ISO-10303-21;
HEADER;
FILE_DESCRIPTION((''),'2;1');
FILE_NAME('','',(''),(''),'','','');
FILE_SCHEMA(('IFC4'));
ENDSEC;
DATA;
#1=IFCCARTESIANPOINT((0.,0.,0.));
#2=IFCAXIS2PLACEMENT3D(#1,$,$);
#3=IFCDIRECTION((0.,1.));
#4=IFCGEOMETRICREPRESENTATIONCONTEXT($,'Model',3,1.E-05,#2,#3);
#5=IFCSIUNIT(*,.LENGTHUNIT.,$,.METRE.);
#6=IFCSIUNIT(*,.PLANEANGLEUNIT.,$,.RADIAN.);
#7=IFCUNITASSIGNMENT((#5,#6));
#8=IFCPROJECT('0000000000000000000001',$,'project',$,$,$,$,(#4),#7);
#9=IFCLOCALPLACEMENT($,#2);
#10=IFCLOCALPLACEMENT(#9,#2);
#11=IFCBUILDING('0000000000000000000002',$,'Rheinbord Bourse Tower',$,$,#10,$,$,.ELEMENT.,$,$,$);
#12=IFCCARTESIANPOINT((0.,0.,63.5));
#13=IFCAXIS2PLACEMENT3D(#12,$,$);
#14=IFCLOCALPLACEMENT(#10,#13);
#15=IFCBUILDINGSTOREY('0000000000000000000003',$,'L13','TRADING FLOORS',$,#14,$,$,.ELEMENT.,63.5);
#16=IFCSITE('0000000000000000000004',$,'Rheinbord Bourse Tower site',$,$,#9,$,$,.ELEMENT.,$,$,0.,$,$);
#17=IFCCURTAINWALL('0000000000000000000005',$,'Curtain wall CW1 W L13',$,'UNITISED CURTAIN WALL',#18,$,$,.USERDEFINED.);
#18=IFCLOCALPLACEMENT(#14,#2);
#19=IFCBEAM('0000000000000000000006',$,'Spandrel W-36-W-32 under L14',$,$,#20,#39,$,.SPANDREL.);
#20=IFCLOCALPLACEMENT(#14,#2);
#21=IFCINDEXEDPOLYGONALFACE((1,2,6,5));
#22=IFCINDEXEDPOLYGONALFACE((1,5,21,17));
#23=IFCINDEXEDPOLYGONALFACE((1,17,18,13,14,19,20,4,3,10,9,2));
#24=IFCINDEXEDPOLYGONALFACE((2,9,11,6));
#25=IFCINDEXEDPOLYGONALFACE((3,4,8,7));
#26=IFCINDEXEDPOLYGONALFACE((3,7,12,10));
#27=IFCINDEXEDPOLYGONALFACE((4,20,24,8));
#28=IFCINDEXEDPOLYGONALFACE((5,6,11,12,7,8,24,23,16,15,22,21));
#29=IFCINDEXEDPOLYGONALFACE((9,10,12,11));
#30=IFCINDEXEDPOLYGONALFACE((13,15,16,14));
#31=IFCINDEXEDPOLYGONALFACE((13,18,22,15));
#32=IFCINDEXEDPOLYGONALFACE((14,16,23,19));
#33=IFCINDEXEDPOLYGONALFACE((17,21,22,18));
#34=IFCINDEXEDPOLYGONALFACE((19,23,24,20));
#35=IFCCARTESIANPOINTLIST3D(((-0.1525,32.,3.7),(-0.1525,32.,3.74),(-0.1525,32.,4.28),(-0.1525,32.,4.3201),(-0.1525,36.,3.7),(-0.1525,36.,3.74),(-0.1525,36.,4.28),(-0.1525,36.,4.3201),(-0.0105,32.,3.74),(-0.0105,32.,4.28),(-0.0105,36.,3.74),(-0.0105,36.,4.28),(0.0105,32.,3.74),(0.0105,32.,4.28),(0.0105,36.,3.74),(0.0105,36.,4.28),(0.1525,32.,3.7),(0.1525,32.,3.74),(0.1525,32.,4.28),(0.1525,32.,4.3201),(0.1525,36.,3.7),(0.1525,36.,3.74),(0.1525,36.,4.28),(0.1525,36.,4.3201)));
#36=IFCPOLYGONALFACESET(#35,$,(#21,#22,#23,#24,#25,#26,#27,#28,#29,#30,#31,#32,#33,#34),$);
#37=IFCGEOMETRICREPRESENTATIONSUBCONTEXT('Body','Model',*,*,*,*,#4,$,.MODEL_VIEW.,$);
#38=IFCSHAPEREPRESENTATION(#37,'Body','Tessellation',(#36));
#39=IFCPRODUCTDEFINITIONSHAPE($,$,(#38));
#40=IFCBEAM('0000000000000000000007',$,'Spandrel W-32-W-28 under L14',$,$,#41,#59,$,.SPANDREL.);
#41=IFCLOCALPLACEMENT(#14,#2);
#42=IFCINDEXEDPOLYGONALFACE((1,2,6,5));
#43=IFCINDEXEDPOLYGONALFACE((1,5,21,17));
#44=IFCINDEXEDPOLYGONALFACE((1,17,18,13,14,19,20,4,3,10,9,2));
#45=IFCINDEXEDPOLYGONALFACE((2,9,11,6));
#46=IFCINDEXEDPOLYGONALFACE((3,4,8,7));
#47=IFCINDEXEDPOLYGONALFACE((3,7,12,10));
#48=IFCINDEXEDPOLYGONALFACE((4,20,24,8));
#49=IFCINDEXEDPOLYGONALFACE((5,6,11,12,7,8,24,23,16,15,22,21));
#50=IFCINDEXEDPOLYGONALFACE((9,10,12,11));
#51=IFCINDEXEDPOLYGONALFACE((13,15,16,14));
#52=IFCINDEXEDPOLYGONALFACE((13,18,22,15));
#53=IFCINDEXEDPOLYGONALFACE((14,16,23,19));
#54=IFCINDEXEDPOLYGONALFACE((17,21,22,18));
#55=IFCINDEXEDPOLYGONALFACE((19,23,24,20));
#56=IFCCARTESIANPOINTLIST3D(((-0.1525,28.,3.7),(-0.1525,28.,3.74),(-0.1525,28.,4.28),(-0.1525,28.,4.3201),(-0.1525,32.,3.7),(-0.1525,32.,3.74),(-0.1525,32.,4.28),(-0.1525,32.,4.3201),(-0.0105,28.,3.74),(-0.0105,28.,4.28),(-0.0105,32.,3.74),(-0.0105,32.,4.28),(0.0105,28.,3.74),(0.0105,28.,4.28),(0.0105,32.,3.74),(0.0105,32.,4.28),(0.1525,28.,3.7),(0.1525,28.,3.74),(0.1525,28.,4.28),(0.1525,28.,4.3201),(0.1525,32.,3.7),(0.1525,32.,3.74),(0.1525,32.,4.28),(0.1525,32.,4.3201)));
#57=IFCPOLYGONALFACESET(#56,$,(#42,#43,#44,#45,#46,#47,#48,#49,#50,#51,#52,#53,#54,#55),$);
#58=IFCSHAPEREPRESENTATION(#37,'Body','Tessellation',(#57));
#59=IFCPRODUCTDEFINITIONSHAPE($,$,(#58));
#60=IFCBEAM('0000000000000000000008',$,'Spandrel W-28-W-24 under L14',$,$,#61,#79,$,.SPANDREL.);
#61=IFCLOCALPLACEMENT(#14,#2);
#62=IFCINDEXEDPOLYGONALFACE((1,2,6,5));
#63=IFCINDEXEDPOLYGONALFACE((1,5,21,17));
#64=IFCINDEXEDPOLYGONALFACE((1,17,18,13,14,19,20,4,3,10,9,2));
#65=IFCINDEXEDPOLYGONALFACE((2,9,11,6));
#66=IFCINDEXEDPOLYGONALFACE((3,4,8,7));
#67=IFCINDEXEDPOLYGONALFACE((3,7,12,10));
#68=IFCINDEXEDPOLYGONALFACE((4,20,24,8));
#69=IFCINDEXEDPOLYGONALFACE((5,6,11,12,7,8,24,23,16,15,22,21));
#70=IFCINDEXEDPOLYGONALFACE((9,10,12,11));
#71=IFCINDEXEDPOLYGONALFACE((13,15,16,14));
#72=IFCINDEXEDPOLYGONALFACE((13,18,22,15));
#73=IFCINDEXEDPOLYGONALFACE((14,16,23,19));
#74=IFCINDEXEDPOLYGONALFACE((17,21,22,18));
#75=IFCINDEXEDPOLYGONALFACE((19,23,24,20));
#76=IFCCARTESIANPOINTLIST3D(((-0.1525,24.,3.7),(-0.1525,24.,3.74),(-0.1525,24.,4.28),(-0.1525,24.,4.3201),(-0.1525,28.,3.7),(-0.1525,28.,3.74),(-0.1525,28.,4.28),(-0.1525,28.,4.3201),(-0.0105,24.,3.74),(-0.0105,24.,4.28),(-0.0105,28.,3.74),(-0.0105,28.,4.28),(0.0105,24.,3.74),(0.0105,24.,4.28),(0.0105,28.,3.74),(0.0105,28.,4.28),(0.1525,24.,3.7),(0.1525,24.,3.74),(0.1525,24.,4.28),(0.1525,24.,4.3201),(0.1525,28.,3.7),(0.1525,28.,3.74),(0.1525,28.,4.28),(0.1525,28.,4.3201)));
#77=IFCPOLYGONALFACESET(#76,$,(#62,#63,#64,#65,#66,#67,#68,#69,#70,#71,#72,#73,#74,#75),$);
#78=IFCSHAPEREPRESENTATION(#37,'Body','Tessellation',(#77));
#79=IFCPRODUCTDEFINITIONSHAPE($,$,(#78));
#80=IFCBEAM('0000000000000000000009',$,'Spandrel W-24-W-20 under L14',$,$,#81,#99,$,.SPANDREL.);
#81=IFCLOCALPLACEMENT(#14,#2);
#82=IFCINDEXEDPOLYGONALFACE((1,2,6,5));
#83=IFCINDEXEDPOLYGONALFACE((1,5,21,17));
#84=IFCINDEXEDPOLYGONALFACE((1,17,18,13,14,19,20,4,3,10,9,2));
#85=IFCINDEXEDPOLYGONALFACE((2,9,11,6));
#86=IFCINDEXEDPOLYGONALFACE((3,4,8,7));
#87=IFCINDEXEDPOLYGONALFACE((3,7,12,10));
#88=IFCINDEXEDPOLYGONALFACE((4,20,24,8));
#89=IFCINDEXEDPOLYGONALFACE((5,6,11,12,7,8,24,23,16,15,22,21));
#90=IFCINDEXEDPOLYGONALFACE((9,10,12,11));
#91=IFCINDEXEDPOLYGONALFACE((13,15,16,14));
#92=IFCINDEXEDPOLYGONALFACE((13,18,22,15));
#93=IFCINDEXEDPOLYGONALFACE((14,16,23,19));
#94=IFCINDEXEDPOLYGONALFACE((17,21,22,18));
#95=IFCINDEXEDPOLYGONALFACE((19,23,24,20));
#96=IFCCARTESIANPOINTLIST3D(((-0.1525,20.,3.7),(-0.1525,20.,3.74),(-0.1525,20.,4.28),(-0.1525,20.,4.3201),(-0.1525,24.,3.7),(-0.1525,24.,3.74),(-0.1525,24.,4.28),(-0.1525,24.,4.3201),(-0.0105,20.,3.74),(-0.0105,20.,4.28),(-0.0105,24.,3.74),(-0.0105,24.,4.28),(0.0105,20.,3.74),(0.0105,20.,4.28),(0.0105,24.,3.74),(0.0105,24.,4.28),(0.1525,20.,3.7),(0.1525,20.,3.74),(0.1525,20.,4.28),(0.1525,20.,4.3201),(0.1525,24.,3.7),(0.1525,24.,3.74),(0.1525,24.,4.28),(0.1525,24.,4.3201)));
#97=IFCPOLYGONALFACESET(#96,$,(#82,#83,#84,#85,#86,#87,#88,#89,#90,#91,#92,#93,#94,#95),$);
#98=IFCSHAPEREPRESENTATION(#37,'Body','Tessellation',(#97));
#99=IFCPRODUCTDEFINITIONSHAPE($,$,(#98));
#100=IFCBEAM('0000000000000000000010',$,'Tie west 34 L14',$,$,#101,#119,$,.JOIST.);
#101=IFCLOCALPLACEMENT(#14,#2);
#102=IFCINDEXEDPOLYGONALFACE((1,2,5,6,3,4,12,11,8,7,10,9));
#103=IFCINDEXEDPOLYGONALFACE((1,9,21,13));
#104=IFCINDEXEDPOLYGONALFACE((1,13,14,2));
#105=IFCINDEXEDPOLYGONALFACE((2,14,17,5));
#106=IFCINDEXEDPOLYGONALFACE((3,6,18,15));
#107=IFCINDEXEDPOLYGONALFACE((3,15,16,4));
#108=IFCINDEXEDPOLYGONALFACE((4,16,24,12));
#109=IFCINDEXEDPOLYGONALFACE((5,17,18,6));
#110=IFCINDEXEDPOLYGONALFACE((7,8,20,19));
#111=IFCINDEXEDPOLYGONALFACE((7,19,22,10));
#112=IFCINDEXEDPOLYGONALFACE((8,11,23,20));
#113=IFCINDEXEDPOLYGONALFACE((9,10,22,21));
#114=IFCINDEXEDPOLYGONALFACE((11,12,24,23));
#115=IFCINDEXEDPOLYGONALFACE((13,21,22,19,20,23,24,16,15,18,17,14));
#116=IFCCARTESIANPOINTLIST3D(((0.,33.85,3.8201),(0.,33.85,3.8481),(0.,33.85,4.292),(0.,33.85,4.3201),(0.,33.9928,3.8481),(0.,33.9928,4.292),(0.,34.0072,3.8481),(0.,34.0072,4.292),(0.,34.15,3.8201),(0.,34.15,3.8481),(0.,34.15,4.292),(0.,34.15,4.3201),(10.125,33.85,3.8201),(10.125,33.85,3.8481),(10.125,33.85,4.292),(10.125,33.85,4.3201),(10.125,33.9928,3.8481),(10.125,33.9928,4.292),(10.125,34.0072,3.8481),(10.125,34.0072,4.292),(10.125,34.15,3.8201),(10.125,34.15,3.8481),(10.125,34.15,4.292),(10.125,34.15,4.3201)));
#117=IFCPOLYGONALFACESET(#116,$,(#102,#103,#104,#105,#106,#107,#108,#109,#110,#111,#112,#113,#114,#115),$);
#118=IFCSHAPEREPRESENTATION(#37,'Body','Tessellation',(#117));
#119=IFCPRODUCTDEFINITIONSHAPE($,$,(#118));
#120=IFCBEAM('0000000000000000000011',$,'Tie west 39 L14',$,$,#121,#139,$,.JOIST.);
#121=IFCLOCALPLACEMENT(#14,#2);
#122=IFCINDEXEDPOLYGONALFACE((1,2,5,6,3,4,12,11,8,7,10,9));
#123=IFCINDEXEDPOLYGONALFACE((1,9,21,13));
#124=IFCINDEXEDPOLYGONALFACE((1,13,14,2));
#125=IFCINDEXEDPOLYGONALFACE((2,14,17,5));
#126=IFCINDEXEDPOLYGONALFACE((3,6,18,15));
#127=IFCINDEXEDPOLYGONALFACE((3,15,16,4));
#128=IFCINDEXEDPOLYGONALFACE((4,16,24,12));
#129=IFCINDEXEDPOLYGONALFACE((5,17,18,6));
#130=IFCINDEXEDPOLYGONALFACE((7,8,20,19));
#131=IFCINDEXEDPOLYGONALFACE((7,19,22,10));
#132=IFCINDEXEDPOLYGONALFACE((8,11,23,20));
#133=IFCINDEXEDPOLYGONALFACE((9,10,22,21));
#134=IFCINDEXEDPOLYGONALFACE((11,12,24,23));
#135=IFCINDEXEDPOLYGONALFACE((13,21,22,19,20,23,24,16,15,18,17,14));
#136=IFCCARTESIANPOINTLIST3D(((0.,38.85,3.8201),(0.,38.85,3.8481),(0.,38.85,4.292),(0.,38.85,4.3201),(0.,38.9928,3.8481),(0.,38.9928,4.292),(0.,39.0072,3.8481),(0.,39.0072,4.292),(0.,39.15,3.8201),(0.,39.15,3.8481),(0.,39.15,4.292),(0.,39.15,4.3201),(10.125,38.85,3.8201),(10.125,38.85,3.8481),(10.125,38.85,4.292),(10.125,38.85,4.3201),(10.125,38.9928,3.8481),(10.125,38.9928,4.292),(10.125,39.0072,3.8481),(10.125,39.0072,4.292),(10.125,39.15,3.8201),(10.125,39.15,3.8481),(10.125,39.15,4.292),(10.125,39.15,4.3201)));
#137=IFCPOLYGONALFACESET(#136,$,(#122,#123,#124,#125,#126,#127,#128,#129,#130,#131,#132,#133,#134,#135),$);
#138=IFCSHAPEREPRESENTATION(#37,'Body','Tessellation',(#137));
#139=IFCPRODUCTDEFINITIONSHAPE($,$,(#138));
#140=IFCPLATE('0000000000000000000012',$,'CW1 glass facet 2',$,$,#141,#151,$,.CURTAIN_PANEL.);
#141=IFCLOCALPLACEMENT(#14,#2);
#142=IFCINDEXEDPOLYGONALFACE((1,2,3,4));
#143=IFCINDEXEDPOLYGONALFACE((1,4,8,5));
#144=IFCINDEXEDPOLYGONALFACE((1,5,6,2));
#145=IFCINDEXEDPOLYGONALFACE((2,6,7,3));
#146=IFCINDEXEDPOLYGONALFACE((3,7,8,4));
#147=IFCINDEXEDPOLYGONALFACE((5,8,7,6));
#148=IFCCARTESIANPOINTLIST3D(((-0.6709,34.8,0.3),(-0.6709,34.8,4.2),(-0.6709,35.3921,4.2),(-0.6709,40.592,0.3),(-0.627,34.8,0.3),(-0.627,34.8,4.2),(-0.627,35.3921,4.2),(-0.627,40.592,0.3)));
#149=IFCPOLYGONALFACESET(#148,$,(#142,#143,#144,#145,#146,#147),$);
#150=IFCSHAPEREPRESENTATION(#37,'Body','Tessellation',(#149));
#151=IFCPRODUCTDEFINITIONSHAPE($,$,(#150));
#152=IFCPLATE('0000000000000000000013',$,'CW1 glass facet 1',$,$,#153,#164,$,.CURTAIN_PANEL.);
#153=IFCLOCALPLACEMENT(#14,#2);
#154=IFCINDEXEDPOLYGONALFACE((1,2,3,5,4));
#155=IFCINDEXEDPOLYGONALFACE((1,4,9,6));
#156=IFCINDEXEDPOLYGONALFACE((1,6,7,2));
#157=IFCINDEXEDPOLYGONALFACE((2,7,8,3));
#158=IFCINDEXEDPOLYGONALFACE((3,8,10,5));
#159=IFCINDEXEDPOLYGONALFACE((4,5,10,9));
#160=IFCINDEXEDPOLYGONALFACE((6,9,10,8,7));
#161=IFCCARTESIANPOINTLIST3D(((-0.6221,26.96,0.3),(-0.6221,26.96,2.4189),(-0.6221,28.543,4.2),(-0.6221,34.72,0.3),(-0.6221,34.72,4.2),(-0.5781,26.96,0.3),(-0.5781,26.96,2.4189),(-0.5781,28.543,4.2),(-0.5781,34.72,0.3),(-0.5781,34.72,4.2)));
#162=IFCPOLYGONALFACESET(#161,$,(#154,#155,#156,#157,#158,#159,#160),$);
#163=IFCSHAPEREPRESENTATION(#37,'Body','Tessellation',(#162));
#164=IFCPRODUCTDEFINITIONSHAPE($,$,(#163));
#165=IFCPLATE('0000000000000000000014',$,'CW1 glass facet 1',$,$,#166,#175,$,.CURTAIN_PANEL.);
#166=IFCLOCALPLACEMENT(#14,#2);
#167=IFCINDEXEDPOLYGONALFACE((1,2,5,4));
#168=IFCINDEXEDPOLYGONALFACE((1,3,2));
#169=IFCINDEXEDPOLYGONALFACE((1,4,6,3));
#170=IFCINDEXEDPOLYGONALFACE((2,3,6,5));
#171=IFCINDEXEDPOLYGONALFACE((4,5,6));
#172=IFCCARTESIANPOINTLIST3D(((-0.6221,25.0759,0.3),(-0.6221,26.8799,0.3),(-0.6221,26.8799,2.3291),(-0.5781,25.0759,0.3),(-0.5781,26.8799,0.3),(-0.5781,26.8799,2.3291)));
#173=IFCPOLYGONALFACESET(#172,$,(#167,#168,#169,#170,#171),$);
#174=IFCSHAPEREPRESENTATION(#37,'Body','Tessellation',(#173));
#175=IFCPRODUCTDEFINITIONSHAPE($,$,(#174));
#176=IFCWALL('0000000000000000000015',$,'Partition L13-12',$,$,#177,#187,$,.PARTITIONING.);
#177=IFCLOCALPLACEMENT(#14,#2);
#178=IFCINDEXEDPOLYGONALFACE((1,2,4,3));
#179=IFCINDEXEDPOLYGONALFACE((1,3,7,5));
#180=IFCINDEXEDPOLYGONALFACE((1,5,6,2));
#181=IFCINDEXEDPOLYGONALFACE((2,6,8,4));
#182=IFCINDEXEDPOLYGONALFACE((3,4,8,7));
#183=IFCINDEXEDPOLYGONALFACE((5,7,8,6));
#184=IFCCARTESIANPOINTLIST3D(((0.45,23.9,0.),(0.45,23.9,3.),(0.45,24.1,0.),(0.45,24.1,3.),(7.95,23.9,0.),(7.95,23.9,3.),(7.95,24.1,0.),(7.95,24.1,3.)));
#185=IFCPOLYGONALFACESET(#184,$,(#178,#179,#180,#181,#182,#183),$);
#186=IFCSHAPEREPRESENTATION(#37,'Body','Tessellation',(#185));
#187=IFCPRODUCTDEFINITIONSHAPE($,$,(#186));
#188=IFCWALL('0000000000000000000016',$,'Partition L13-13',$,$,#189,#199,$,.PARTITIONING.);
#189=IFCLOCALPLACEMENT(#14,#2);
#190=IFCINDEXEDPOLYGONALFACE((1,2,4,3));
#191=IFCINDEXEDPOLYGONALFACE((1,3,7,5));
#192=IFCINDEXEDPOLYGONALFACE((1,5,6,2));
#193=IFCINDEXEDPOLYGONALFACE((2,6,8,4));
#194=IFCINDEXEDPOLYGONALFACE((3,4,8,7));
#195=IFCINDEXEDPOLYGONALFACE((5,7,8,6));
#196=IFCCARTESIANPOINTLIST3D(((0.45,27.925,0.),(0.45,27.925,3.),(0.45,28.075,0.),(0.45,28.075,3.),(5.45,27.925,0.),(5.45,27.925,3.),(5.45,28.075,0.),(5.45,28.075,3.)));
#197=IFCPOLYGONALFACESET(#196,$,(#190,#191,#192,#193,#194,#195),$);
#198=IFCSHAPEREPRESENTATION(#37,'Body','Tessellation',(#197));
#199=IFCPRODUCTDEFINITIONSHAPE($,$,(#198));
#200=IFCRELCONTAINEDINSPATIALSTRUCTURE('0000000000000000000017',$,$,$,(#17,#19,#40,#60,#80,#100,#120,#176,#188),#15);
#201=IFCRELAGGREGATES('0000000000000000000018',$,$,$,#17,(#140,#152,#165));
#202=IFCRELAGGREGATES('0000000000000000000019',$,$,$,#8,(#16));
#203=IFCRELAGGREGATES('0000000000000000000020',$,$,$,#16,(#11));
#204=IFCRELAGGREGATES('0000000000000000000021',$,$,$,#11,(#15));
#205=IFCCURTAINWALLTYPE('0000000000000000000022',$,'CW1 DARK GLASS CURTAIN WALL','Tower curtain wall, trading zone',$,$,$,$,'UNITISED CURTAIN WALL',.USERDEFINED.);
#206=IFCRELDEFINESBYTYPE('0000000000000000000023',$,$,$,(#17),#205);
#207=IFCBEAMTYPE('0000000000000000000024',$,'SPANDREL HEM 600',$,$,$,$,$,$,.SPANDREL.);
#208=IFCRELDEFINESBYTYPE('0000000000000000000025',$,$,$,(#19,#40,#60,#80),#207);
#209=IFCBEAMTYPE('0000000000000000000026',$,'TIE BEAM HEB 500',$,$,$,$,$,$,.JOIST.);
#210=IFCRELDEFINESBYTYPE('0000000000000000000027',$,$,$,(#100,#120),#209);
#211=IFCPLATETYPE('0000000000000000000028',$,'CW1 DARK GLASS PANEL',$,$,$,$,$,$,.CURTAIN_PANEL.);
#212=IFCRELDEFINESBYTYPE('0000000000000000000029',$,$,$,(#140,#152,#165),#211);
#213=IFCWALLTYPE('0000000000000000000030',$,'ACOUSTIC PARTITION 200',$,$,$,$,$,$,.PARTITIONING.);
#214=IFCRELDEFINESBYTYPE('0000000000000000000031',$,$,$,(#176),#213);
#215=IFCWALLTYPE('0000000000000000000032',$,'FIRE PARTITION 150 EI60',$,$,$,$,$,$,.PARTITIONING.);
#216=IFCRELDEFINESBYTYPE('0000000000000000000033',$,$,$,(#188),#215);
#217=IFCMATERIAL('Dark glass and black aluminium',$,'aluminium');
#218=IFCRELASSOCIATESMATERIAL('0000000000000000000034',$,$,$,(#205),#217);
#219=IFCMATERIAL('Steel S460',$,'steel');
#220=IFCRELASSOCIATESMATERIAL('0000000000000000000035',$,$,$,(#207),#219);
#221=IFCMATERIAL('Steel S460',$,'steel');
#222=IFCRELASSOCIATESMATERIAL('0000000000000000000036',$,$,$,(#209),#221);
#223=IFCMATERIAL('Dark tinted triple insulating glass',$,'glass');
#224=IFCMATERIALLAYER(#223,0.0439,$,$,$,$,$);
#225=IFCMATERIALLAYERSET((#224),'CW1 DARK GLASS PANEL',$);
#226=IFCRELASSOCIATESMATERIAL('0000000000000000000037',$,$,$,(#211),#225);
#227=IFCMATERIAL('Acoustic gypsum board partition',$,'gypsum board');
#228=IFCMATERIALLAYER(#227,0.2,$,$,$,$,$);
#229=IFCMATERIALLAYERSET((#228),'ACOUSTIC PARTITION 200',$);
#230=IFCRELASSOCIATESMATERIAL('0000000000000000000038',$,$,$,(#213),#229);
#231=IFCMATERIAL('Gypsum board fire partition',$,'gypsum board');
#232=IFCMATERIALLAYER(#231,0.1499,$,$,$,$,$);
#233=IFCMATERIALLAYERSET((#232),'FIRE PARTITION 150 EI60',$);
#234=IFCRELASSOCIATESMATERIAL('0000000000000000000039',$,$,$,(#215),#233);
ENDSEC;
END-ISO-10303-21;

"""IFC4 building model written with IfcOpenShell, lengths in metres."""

from ifc_helpers import new_model, si_unit, direction, frame, frame_2d, origin, origin_2d, place, context, subcontext, project, spatial, polyline, rectangle, i_section, outline, extrude, material, layer, layer_set, material_profile, profile_set, type_object, element, aggregate, save


model = new_model("IFC4")

# Units and contexts
model_context = context("Model", 3, precision=1e-05, world=origin(), true_north=direction((0.0, 1.0)))
body_context = subcontext(model_context, "Body", "Model", "MODEL_VIEW")
ifc_project = project(units=[si_unit("LENGTHUNIT", "METRE"), si_unit("PLANEANGLEUNIT", "RADIAN")], contexts=[model_context])

# Site, building, storey
site_placement = place(None, origin())
site = spatial("IfcSite", under=ifc_project, at=site_placement, Name="Rheinbord Bourse Tower site", CompositionType="ELEMENT", RefElevation=0.0)
building_placement = place(site_placement, origin())
building = spatial("IfcBuilding", under=site, at=building_placement, Name="Rheinbord Bourse Tower", CompositionType="ELEMENT")
storey_placement = place(building_placement, frame((0.0, 0.0, 63.5)))
storey = spatial("IfcBuildingStorey", under=building, at=storey_placement, Name="L13", Description="TRADING FLOORS", CompositionType="ELEMENT", Elevation=63.5)

# Curtain wall
ifc_material_1 = material(Name="Dark glass and black aluminium", Category="aluminium")
curtain_wall_type = type_object("IfcCurtainWallType", Name="CW1 DARK GLASS CURTAIN WALL", Description="Tower curtain wall, trading zone", ElementType="UNITISED CURTAIN WALL", PredefinedType="USERDEFINED", material=ifc_material_1)
curtain_wall_placement = place(storey_placement, origin())
curtain_wall = element("IfcCurtainWall", 1, at=curtain_wall_placement, inside=storey, type_object=curtain_wall_type, Name="Curtain wall CW1 W L13", ObjectType="UNITISED CURTAIN WALL", PredefinedType="USERDEFINED")

# Beams
ifc_material_2 = material(Name="Steel S460", Category="steel")
ifc_material_profile_1 = material_profile(ifc_material_2, i_section(OverallWidth=0.3049, OverallDepth=0.6201, WebThickness=0.021, FlangeThickness=0.04, at=origin_2d()), Name="HEM 600")
ifc_profile_set_1 = profile_set([ifc_material_profile_1], Name="Steel S460")
beam_type_1 = type_object("IfcBeamType", Name="SPANDREL HEM 600", PredefinedType="SPANDREL", material=ifc_profile_set_1)
for number, where, z_axis, x_axis, name in (
    (2, (0.0, 36.0, 4.01), (0.0, -1.0, 0.0), (1.0, 0.0, 0.0), "Spandrel W-36-W-32 under L14"),
    (3, (0.0, 32.0, 4.01), (0.0, -1.0, 0.0), (1.0, 0.0, 0.0), "Spandrel W-32-W-28 under L14"),
    (4, (0.0, 28.0, 4.01), (0.0, -1.0, 0.0), (1.0, 0.0, 0.0), "Spandrel W-28-W-24 under L14"),
    (5, (0.0, 24.0, 4.01), (0.0, -1.0, 0.0), (1.0, 0.0, 0.0), "Spandrel W-24-W-20 under L14"),
):
    element("IfcBeam", number, at=place(storey_placement, frame(where, z_axis=z_axis, x_axis=x_axis)), inside=storey, type_object=beam_type_1, Name=name, PredefinedType="SPANDREL", context=body_context, shape_type="SweptSolid", body=[
        extrude(i_section(OverallWidth=0.3049, OverallDepth=0.6201, WebThickness=0.021, FlangeThickness=0.04, at=origin_2d()), origin(), (0.0, 0.0, 1.0), 4.0),
    ])
ifc_material_3 = material(Name="Steel S460", Category="steel")
ifc_material_profile_2 = material_profile(ifc_material_3, i_section(OverallWidth=0.3, OverallDepth=0.5, WebThickness=0.0144, FlangeThickness=0.0281, at=origin_2d()), Name="HEB 500")
ifc_profile_set_2 = profile_set([ifc_material_profile_2], Name="Steel S460")
beam_type_2 = type_object("IfcBeamType", Name="TIE BEAM HEB 500", PredefinedType="JOIST", material=ifc_profile_set_2)
for number, where, z_axis, x_axis, name in (
    (6, (0.0, 34.0, 4.0701), (1.0, 0.0, 0.0), (0.0, 1.0, 0.0), "Tie west 34 L14"),
    (7, (0.0, 39.0, 4.0701), (1.0, 0.0, 0.0), (0.0, 1.0, 0.0), "Tie west 39 L14"),
):
    element("IfcBeam", number, at=place(storey_placement, frame(where, z_axis=z_axis, x_axis=x_axis)), inside=storey, type_object=beam_type_2, Name=name, PredefinedType="JOIST", context=body_context, shape_type="SweptSolid", body=[
        extrude(i_section(OverallWidth=0.3, OverallDepth=0.5, WebThickness=0.0144, FlangeThickness=0.0281, at=origin_2d()), origin(), (0.0, 0.0, 1.0), 10.125),
    ])

# Plates
ifc_material_4 = material(Name="Dark tinted triple insulating glass", Category="glass")
ifc_layer_1 = layer(ifc_material_4, 0.0439)
ifc_layer_set_1 = layer_set([ifc_layer_1], Name="CW1 DARK GLASS PANEL")
plate_type = type_object("IfcPlateType", Name="CW1 DARK GLASS PANEL", PredefinedType="CURTAIN_PANEL", material=ifc_layer_set_1)
plate_1_placement = place(storey_placement, frame((-0.6709, 34.8, 4.2), z_axis=(1.0, 0.0, 0.0), x_axis=(0.0, 0.0, -1.0)))
plate_1 = element("IfcPlate", 8, at=plate_1_placement, type_object=plate_type, Name="CW1 glass facet 2", PredefinedType="CURTAIN_PANEL", context=body_context, shape_type="SweptSolid", body=[
    extrude(outline(polyline([(0.0, 0.0), (3.8999, 0.0), (3.8999, 5.792), (0.0, 0.592), (0.0, 0.0)])), origin(), (0.0, 0.0, 1.0), 0.0439),
])
plate_2_placement = place(storey_placement, frame((-0.6221, 26.96, 0.3), z_axis=(1.0, 0.0, 0.0), x_axis=(0.0, 1.0, 0.0)))
plate_2 = element("IfcPlate", 9, at=plate_2_placement, type_object=plate_type, Name="CW1 glass facet 1", PredefinedType="CURTAIN_PANEL", context=body_context, shape_type="SweptSolid", body=[
    extrude(outline(polyline([(0.0, 0.0), (7.76, 0.0), (7.76, 3.8999), (1.583, 3.8999), (0.0, 2.1189), (0.0, 0.0)])), origin(), (0.0, 0.0, 1.0), 0.0439),
])
plate_3_placement = place(storey_placement, frame((-0.6221, 26.8799, 0.3), z_axis=(1.0, 0.0, 0.0), x_axis=(0.0, 0.0, 1.0)))
plate_3 = element("IfcPlate", 10, at=plate_3_placement, type_object=plate_type, Name="CW1 glass facet 1", PredefinedType="CURTAIN_PANEL", context=body_context, shape_type="SweptSolid", body=[
    extrude(outline(polyline([(0.0, 0.0), (2.0291, 0.0), (0.0, 1.804), (0.0, 0.0)])), origin(), (0.0, 0.0, 1.0), 0.0439),
])
aggregate(curtain_wall, [plate_1, plate_2, plate_3])

# Walls
ifc_material_5 = material(Name="Acoustic gypsum board partition", Category="gypsum board")
ifc_layer_2 = layer(ifc_material_5, 0.2)
ifc_layer_set_2 = layer_set([ifc_layer_2], Name="ACOUSTIC PARTITION 200")
wall_type_1 = type_object("IfcWallType", Name="ACOUSTIC PARTITION 200", PredefinedType="PARTITIONING", material=ifc_layer_set_2)
wall_1_placement = place(storey_placement, frame((0.45, 24.0, 0.0), z_axis=(0.0, 0.0, 1.0), x_axis=(1.0, 0.0, 0.0)))
element("IfcWall", 11, at=wall_1_placement, inside=storey, type_object=wall_type_1, Name="Partition L13-12", PredefinedType="PARTITIONING", context=body_context, shape_type="SweptSolid", body=[
    extrude(rectangle(XDim=7.5, YDim=0.2, at=frame_2d((3.75, 0.0))), origin(), (0.0, 0.0, 1.0), 3.0),
])
ifc_material_6 = material(Name="Gypsum board fire partition", Category="gypsum board")
ifc_layer_3 = layer(ifc_material_6, 0.1499)
ifc_layer_set_3 = layer_set([ifc_layer_3], Name="FIRE PARTITION 150 EI60")
wall_type_2 = type_object("IfcWallType", Name="FIRE PARTITION 150 EI60", PredefinedType="PARTITIONING", material=ifc_layer_set_3)
for number, where, z_axis, x_axis, name in (
    (12, (0.45, 28.0, 0.0), (0.0, 0.0, 1.0), (1.0, 0.0, 0.0), "Partition L13-13"),
):
    element("IfcWall", number, at=place(storey_placement, frame(where, z_axis=z_axis, x_axis=x_axis)), inside=storey, type_object=wall_type_2, Name=name, PredefinedType="PARTITIONING", context=body_context, shape_type="SweptSolid", body=[
        extrude(rectangle(XDim=5.0, YDim=0.1499, at=frame_2d((2.5, 0.0))), origin(), (0.0, 0.0, 1.0), 3.0),
    ])

save(model, "model.ifc")
